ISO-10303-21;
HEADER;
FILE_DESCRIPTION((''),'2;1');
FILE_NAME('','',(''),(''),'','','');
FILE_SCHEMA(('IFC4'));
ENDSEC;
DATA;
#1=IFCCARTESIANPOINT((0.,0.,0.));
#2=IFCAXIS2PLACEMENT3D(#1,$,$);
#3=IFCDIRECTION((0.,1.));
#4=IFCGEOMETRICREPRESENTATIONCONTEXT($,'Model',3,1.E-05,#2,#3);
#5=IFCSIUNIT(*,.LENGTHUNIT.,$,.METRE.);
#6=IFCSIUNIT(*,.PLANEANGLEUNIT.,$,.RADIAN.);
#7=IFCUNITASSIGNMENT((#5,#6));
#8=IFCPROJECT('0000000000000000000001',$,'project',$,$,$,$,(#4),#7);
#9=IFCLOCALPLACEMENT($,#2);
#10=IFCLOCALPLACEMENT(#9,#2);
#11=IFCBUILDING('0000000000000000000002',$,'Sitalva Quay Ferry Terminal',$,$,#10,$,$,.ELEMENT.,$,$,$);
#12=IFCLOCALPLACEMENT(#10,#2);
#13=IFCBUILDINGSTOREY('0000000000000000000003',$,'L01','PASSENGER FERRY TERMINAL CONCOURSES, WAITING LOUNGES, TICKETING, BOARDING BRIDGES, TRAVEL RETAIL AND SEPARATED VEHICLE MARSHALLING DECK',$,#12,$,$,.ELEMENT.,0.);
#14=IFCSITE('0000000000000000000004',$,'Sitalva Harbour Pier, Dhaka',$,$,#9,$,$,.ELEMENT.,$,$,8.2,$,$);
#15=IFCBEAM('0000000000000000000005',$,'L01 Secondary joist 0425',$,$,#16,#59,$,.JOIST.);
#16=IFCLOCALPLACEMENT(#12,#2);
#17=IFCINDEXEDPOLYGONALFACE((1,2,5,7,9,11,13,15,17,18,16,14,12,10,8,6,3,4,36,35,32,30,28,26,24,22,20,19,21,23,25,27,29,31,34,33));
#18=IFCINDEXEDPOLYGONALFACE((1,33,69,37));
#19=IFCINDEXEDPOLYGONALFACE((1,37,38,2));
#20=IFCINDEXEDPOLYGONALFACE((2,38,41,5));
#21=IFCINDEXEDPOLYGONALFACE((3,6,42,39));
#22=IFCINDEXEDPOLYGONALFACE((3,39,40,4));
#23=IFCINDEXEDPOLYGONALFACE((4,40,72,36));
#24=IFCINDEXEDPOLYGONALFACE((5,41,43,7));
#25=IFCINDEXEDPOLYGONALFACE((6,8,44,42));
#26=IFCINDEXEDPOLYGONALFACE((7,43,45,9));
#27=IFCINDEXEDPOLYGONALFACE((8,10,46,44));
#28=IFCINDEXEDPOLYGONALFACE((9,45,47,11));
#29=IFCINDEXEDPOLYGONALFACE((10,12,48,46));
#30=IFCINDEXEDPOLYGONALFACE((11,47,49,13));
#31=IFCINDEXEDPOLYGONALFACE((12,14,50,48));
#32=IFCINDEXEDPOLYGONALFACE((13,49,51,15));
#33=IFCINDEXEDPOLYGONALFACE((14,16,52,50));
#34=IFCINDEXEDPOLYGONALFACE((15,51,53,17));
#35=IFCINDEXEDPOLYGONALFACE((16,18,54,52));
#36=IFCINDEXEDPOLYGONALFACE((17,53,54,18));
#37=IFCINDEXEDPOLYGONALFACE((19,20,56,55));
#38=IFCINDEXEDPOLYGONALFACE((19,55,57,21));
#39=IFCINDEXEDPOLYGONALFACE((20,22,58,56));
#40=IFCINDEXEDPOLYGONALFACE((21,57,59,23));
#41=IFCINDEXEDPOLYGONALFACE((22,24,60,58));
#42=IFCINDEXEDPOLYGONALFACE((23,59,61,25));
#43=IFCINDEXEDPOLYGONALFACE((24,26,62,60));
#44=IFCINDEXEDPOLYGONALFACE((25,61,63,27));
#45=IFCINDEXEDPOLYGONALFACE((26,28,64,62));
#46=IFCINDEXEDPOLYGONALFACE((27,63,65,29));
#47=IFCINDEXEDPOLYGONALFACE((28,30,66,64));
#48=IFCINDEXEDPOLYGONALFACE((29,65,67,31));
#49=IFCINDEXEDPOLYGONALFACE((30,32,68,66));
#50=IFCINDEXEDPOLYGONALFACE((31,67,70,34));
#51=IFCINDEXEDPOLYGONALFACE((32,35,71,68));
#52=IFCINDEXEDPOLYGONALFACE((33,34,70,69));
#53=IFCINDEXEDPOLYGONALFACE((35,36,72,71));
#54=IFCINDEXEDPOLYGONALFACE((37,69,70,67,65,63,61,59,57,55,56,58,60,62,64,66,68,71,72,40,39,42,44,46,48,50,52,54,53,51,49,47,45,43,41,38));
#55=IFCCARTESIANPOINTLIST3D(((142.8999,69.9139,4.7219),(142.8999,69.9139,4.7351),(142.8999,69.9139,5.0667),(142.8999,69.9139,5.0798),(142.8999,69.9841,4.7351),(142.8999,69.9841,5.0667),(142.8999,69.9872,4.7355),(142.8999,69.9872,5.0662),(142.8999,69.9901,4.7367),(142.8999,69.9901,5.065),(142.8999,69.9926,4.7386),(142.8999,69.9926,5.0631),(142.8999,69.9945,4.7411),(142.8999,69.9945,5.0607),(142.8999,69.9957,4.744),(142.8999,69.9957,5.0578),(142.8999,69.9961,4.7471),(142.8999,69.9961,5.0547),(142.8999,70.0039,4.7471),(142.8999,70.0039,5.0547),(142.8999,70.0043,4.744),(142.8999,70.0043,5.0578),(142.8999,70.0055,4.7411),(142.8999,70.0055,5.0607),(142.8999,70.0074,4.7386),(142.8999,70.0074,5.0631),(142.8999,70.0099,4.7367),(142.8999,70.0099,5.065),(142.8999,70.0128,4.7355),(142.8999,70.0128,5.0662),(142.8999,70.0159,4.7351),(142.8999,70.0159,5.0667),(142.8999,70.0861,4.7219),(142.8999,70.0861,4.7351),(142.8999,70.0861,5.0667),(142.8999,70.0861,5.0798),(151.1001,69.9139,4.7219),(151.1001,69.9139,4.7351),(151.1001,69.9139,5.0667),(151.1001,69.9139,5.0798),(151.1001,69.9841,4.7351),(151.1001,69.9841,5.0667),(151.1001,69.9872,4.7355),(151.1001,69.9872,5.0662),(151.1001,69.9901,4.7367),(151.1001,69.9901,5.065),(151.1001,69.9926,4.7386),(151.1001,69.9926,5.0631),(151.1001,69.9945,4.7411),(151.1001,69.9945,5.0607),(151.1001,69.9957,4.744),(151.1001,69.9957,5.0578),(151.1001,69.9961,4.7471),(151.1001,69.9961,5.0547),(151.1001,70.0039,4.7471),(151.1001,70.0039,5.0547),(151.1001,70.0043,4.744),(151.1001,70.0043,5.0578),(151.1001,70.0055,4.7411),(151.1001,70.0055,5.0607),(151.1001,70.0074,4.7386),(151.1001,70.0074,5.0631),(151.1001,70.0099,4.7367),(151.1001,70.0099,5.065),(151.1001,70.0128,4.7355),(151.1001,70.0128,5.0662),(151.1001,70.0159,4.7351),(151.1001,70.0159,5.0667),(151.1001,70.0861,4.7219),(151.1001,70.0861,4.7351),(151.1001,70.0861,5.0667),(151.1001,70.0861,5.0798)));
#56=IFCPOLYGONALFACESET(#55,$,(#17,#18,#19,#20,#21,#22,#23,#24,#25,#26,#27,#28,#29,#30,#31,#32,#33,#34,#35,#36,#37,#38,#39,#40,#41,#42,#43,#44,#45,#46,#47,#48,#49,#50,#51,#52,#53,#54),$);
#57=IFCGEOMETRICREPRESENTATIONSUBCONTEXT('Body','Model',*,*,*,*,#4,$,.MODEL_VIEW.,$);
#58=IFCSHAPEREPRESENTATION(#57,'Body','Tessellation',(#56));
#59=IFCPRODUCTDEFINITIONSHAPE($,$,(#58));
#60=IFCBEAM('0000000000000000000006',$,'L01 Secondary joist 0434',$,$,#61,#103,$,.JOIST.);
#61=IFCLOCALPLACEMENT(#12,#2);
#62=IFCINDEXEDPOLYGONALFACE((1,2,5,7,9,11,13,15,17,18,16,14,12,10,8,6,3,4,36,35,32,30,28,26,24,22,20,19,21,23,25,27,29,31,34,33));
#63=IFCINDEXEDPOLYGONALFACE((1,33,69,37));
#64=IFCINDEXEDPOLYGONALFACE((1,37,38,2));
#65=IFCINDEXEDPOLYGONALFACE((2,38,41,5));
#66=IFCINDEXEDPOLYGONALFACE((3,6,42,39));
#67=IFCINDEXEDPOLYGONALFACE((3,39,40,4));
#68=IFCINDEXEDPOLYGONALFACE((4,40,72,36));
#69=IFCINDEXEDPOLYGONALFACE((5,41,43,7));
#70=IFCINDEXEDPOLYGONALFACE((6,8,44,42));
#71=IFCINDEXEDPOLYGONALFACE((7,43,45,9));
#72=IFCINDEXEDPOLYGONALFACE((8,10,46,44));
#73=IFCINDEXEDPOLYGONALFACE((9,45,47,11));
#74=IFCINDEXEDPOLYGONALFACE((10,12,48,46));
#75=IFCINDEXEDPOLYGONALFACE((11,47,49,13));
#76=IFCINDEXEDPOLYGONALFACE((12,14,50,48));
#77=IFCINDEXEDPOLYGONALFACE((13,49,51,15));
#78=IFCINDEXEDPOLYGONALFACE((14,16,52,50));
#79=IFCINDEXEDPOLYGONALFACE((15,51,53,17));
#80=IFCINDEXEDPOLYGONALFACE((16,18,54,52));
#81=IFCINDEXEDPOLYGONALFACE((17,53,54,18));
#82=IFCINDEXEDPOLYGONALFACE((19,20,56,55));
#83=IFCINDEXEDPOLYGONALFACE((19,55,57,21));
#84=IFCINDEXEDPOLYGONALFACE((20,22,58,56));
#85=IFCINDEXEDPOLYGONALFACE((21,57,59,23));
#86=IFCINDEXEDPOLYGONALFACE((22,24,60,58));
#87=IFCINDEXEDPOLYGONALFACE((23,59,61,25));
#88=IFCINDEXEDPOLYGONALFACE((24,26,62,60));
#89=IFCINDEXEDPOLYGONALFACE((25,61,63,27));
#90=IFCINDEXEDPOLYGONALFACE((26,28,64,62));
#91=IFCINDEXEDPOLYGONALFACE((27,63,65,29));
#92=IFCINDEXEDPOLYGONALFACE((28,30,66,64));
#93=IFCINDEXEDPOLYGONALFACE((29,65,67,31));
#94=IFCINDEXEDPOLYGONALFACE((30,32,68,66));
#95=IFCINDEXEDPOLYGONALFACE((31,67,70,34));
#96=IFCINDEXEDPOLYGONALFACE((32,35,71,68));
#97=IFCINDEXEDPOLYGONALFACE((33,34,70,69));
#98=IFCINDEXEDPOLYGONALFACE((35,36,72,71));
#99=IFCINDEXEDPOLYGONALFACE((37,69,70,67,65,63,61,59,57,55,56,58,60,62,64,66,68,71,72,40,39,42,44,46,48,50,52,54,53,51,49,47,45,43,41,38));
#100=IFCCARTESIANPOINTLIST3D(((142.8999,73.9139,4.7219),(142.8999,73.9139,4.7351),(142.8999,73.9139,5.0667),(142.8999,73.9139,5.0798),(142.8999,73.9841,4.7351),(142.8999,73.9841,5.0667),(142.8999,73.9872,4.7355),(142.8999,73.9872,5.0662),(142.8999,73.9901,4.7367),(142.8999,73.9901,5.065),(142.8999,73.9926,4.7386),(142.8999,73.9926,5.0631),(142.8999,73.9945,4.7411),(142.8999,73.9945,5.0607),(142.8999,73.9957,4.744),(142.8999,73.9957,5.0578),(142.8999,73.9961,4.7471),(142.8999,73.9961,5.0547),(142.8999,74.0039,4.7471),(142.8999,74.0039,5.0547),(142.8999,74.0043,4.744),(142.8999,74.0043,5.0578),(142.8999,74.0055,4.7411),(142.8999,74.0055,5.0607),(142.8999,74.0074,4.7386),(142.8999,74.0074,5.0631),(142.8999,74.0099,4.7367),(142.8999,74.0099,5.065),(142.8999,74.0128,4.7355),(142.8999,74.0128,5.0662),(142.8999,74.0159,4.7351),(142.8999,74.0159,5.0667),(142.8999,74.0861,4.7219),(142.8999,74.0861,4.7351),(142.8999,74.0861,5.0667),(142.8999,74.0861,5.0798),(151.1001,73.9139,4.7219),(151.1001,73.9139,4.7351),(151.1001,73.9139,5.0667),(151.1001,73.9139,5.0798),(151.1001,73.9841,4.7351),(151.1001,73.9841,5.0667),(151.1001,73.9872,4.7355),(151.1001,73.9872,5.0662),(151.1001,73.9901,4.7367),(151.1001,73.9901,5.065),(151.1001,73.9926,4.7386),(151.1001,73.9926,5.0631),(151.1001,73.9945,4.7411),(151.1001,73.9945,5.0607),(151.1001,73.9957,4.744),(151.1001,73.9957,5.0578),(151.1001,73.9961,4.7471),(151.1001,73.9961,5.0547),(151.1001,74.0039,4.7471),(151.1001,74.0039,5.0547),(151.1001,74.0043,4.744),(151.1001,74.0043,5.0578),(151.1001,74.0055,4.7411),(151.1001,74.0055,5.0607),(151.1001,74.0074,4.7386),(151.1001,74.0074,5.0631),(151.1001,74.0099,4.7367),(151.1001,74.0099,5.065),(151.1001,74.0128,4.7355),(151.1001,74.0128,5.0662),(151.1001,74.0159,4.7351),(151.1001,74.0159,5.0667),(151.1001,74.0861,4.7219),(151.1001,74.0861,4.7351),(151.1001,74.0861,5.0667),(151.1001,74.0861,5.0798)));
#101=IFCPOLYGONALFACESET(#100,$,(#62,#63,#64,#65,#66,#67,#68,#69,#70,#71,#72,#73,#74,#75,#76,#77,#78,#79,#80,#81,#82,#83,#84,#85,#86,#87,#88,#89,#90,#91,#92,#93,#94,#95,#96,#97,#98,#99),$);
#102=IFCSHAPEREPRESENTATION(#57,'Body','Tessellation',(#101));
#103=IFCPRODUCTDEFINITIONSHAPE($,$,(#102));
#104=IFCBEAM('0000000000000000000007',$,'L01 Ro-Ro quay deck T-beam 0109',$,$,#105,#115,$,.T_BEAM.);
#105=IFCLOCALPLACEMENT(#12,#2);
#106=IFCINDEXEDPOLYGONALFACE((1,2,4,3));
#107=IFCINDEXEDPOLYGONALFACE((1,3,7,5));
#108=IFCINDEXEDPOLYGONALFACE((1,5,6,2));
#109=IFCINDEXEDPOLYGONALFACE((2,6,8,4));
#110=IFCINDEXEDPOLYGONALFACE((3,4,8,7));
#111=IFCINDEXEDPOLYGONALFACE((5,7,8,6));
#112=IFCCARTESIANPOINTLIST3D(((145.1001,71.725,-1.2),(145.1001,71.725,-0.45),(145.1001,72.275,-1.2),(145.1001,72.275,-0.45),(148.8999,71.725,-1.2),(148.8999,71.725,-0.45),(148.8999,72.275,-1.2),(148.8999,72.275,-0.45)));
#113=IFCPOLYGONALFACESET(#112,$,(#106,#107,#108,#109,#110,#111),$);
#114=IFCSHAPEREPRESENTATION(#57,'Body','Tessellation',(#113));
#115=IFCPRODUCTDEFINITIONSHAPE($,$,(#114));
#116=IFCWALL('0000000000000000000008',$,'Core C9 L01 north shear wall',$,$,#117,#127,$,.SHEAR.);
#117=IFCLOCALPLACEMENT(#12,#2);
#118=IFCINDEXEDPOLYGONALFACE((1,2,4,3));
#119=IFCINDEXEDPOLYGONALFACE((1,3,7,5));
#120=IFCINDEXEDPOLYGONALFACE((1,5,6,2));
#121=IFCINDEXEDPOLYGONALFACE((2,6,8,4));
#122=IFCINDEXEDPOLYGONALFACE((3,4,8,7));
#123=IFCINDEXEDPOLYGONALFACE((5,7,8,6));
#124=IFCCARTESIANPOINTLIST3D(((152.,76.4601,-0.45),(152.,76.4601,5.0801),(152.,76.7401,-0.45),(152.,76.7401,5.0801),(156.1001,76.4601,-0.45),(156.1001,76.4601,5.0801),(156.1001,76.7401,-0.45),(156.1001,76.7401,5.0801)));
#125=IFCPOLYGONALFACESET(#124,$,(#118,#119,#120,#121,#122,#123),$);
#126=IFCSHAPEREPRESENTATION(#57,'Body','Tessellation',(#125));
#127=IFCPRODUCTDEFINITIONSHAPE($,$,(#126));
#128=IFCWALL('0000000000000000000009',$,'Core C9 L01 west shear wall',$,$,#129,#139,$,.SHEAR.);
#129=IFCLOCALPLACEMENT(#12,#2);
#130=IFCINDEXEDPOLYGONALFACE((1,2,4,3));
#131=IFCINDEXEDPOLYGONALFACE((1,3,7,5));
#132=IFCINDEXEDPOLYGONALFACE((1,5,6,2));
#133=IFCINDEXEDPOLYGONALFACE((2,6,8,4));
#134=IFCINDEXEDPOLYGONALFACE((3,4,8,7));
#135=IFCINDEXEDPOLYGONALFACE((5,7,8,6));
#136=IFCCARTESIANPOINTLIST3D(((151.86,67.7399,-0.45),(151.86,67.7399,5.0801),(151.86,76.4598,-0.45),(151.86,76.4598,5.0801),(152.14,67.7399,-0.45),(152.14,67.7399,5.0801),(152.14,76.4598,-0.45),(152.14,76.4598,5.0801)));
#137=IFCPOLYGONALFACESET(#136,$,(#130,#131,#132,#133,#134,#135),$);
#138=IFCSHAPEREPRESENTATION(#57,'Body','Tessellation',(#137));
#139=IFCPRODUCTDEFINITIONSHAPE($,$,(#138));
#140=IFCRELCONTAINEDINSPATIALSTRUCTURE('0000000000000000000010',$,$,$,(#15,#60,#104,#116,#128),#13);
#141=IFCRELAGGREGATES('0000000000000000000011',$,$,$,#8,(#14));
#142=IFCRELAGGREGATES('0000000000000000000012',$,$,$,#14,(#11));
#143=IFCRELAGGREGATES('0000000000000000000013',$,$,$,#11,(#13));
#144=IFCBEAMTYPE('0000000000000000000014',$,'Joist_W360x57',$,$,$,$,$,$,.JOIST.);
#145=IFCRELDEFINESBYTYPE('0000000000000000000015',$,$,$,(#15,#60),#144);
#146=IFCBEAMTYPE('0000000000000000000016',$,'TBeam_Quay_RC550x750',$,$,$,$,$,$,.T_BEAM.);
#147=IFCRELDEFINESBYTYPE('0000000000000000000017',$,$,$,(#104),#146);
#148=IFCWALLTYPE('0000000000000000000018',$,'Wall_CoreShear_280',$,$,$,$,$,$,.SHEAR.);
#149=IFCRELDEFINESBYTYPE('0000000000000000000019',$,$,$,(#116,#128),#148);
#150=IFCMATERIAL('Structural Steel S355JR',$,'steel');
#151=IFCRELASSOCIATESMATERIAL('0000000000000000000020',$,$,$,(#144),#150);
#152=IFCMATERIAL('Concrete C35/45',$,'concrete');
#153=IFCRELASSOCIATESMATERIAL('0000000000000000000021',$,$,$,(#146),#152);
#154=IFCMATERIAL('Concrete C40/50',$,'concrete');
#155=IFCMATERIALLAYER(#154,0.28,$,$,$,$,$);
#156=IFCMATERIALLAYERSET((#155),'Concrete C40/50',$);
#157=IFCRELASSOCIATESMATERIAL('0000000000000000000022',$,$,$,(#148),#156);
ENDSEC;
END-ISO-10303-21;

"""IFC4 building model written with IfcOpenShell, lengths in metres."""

from ifc_helpers import new_model, si_unit, direction, frame, frame_2d, origin, origin_2d, place, context, subcontext, project, spatial, rectangle, i_section, extrude, material, layer, layer_set, material_profile, profile_set, type_object, element, save


model = new_model("IFC4")

# Units and contexts
model_context = context("Model", 3, precision=1e-05, world=origin(), true_north=direction((0.0, 1.0)))
body_context = subcontext(model_context, "Body", "Model", "MODEL_VIEW")
ifc_project = project(units=[si_unit("LENGTHUNIT", "METRE"), si_unit("PLANEANGLEUNIT", "RADIAN")], contexts=[model_context])

# Site, building, storey
site_placement = place(None, origin())
site = spatial("IfcSite", under=ifc_project, at=site_placement, Name="Sitalva Harbour Pier, Dhaka", CompositionType="ELEMENT", RefElevation=8.2)
building_placement = place(site_placement, origin())
building = spatial("IfcBuilding", under=site, at=building_placement, Name="Sitalva Quay Ferry Terminal", CompositionType="ELEMENT")
storey_placement = place(building_placement, origin())
storey = spatial("IfcBuildingStorey", under=building, at=storey_placement, Name="L01", Description="PASSENGER FERRY TERMINAL CONCOURSES, WAITING LOUNGES, TICKETING, BOARDING BRIDGES, TRAVEL RETAIL AND SEPARATED VEHICLE MARSHALLING DECK", CompositionType="ELEMENT", Elevation=0.0)

# Beams
ifc_material_1 = material(Name="Structural Steel S355JR", Category="steel")
ifc_material_profile_1 = material_profile(ifc_material_1, i_section(OverallWidth=0.1721, OverallDepth=0.3579, WebThickness=0.0078, FlangeThickness=0.0132, FilletRadius=0.012, at=origin_2d()), Name="W360x57")
ifc_profile_set_1 = profile_set([ifc_material_profile_1], Name="Structural Steel S355JR")
beam_type_1 = type_object("IfcBeamType", Name="Joist_W360x57", PredefinedType="JOIST", material=ifc_profile_set_1)
for number, where, z_axis, x_axis, name in (
    (1, (142.8999, 70.0, 4.9009), (1.0, 0.0, 0.0), (0.0, 1.0, 0.0), "L01 Secondary joist 0425"),
    (2, (142.8999, 74.0, 4.9009), (1.0, 0.0, 0.0), (0.0, 1.0, 0.0), "L01 Secondary joist 0434"),
):
    element("IfcBeam", number, at=place(storey_placement, frame(where, z_axis=z_axis, x_axis=x_axis)), inside=storey, type_object=beam_type_1, Name=name, PredefinedType="JOIST", context=body_context, shape_type="SweptSolid", body=[
        extrude(i_section(OverallWidth=0.1721, OverallDepth=0.3579, WebThickness=0.0078, FlangeThickness=0.0132, FilletRadius=0.012, at=origin_2d()), origin(), (0.0, 0.0, 1.0), 8.2002),
    ])
ifc_material_2 = material(Name="Concrete C35/45", Category="concrete")
ifc_material_profile_2 = material_profile(ifc_material_2, rectangle(XDim=0.55, YDim=0.75, at=origin_2d()), Name="RC550x750")
ifc_profile_set_2 = profile_set([ifc_material_profile_2], Name="Concrete C35/45")
beam_type_2 = type_object("IfcBeamType", Name="TBeam_Quay_RC550x750", PredefinedType="T_BEAM", material=ifc_profile_set_2)
beam_1_placement = place(storey_placement, frame((145.1001, 72.0, -0.825), z_axis=(1.0, 0.0, 0.0), x_axis=(0.0, 1.0, 0.0)))
element("IfcBeam", 3, at=beam_1_placement, inside=storey, type_object=beam_type_2, Name="L01 Ro-Ro quay deck T-beam 0109", PredefinedType="T_BEAM", context=body_context, shape_type="SweptSolid", body=[
    extrude(rectangle(XDim=0.55, YDim=0.75, at=origin_2d()), origin(), (0.0, 0.0, 1.0), 3.7998),
])

# Walls
ifc_material_3 = material(Name="Concrete C40/50", Category="concrete")
ifc_layer = layer(ifc_material_3, 0.28)
ifc_layer_set = layer_set([ifc_layer], Name="Concrete C40/50")
wall_type = type_object("IfcWallType", Name="Wall_CoreShear_280", PredefinedType="SHEAR", material=ifc_layer_set)
wall_1_placement = place(storey_placement, frame((152.0, 76.6001, -0.45), z_axis=(0.0, 0.0, 1.0), x_axis=(1.0, 0.0, 0.0)))
element("IfcWall", 4, at=wall_1_placement, inside=storey, type_object=wall_type, Name="Core C9 L01 north shear wall", PredefinedType="SHEAR", context=body_context, shape_type="SweptSolid", body=[
    extrude(rectangle(XDim=4.1001, YDim=0.28, at=frame_2d((2.05, 0.0))), origin(), (0.0, 0.0, 1.0), 5.53),
])
wall_2_placement = place(storey_placement, frame((152.0, 67.74, -0.45), z_axis=(0.0, 0.0, 1.0), x_axis=(0.0, 1.0, 0.0)))
element("IfcWall", 5, at=wall_2_placement, inside=storey, type_object=wall_type, Name="Core C9 L01 west shear wall", PredefinedType="SHEAR", context=body_context, shape_type="SweptSolid", body=[
    extrude(rectangle(XDim=8.72, YDim=0.28, at=frame_2d((4.3599, 0.0))), origin(), (0.0, 0.0, 1.0), 5.53),
])

save(model, "model.ifc")
